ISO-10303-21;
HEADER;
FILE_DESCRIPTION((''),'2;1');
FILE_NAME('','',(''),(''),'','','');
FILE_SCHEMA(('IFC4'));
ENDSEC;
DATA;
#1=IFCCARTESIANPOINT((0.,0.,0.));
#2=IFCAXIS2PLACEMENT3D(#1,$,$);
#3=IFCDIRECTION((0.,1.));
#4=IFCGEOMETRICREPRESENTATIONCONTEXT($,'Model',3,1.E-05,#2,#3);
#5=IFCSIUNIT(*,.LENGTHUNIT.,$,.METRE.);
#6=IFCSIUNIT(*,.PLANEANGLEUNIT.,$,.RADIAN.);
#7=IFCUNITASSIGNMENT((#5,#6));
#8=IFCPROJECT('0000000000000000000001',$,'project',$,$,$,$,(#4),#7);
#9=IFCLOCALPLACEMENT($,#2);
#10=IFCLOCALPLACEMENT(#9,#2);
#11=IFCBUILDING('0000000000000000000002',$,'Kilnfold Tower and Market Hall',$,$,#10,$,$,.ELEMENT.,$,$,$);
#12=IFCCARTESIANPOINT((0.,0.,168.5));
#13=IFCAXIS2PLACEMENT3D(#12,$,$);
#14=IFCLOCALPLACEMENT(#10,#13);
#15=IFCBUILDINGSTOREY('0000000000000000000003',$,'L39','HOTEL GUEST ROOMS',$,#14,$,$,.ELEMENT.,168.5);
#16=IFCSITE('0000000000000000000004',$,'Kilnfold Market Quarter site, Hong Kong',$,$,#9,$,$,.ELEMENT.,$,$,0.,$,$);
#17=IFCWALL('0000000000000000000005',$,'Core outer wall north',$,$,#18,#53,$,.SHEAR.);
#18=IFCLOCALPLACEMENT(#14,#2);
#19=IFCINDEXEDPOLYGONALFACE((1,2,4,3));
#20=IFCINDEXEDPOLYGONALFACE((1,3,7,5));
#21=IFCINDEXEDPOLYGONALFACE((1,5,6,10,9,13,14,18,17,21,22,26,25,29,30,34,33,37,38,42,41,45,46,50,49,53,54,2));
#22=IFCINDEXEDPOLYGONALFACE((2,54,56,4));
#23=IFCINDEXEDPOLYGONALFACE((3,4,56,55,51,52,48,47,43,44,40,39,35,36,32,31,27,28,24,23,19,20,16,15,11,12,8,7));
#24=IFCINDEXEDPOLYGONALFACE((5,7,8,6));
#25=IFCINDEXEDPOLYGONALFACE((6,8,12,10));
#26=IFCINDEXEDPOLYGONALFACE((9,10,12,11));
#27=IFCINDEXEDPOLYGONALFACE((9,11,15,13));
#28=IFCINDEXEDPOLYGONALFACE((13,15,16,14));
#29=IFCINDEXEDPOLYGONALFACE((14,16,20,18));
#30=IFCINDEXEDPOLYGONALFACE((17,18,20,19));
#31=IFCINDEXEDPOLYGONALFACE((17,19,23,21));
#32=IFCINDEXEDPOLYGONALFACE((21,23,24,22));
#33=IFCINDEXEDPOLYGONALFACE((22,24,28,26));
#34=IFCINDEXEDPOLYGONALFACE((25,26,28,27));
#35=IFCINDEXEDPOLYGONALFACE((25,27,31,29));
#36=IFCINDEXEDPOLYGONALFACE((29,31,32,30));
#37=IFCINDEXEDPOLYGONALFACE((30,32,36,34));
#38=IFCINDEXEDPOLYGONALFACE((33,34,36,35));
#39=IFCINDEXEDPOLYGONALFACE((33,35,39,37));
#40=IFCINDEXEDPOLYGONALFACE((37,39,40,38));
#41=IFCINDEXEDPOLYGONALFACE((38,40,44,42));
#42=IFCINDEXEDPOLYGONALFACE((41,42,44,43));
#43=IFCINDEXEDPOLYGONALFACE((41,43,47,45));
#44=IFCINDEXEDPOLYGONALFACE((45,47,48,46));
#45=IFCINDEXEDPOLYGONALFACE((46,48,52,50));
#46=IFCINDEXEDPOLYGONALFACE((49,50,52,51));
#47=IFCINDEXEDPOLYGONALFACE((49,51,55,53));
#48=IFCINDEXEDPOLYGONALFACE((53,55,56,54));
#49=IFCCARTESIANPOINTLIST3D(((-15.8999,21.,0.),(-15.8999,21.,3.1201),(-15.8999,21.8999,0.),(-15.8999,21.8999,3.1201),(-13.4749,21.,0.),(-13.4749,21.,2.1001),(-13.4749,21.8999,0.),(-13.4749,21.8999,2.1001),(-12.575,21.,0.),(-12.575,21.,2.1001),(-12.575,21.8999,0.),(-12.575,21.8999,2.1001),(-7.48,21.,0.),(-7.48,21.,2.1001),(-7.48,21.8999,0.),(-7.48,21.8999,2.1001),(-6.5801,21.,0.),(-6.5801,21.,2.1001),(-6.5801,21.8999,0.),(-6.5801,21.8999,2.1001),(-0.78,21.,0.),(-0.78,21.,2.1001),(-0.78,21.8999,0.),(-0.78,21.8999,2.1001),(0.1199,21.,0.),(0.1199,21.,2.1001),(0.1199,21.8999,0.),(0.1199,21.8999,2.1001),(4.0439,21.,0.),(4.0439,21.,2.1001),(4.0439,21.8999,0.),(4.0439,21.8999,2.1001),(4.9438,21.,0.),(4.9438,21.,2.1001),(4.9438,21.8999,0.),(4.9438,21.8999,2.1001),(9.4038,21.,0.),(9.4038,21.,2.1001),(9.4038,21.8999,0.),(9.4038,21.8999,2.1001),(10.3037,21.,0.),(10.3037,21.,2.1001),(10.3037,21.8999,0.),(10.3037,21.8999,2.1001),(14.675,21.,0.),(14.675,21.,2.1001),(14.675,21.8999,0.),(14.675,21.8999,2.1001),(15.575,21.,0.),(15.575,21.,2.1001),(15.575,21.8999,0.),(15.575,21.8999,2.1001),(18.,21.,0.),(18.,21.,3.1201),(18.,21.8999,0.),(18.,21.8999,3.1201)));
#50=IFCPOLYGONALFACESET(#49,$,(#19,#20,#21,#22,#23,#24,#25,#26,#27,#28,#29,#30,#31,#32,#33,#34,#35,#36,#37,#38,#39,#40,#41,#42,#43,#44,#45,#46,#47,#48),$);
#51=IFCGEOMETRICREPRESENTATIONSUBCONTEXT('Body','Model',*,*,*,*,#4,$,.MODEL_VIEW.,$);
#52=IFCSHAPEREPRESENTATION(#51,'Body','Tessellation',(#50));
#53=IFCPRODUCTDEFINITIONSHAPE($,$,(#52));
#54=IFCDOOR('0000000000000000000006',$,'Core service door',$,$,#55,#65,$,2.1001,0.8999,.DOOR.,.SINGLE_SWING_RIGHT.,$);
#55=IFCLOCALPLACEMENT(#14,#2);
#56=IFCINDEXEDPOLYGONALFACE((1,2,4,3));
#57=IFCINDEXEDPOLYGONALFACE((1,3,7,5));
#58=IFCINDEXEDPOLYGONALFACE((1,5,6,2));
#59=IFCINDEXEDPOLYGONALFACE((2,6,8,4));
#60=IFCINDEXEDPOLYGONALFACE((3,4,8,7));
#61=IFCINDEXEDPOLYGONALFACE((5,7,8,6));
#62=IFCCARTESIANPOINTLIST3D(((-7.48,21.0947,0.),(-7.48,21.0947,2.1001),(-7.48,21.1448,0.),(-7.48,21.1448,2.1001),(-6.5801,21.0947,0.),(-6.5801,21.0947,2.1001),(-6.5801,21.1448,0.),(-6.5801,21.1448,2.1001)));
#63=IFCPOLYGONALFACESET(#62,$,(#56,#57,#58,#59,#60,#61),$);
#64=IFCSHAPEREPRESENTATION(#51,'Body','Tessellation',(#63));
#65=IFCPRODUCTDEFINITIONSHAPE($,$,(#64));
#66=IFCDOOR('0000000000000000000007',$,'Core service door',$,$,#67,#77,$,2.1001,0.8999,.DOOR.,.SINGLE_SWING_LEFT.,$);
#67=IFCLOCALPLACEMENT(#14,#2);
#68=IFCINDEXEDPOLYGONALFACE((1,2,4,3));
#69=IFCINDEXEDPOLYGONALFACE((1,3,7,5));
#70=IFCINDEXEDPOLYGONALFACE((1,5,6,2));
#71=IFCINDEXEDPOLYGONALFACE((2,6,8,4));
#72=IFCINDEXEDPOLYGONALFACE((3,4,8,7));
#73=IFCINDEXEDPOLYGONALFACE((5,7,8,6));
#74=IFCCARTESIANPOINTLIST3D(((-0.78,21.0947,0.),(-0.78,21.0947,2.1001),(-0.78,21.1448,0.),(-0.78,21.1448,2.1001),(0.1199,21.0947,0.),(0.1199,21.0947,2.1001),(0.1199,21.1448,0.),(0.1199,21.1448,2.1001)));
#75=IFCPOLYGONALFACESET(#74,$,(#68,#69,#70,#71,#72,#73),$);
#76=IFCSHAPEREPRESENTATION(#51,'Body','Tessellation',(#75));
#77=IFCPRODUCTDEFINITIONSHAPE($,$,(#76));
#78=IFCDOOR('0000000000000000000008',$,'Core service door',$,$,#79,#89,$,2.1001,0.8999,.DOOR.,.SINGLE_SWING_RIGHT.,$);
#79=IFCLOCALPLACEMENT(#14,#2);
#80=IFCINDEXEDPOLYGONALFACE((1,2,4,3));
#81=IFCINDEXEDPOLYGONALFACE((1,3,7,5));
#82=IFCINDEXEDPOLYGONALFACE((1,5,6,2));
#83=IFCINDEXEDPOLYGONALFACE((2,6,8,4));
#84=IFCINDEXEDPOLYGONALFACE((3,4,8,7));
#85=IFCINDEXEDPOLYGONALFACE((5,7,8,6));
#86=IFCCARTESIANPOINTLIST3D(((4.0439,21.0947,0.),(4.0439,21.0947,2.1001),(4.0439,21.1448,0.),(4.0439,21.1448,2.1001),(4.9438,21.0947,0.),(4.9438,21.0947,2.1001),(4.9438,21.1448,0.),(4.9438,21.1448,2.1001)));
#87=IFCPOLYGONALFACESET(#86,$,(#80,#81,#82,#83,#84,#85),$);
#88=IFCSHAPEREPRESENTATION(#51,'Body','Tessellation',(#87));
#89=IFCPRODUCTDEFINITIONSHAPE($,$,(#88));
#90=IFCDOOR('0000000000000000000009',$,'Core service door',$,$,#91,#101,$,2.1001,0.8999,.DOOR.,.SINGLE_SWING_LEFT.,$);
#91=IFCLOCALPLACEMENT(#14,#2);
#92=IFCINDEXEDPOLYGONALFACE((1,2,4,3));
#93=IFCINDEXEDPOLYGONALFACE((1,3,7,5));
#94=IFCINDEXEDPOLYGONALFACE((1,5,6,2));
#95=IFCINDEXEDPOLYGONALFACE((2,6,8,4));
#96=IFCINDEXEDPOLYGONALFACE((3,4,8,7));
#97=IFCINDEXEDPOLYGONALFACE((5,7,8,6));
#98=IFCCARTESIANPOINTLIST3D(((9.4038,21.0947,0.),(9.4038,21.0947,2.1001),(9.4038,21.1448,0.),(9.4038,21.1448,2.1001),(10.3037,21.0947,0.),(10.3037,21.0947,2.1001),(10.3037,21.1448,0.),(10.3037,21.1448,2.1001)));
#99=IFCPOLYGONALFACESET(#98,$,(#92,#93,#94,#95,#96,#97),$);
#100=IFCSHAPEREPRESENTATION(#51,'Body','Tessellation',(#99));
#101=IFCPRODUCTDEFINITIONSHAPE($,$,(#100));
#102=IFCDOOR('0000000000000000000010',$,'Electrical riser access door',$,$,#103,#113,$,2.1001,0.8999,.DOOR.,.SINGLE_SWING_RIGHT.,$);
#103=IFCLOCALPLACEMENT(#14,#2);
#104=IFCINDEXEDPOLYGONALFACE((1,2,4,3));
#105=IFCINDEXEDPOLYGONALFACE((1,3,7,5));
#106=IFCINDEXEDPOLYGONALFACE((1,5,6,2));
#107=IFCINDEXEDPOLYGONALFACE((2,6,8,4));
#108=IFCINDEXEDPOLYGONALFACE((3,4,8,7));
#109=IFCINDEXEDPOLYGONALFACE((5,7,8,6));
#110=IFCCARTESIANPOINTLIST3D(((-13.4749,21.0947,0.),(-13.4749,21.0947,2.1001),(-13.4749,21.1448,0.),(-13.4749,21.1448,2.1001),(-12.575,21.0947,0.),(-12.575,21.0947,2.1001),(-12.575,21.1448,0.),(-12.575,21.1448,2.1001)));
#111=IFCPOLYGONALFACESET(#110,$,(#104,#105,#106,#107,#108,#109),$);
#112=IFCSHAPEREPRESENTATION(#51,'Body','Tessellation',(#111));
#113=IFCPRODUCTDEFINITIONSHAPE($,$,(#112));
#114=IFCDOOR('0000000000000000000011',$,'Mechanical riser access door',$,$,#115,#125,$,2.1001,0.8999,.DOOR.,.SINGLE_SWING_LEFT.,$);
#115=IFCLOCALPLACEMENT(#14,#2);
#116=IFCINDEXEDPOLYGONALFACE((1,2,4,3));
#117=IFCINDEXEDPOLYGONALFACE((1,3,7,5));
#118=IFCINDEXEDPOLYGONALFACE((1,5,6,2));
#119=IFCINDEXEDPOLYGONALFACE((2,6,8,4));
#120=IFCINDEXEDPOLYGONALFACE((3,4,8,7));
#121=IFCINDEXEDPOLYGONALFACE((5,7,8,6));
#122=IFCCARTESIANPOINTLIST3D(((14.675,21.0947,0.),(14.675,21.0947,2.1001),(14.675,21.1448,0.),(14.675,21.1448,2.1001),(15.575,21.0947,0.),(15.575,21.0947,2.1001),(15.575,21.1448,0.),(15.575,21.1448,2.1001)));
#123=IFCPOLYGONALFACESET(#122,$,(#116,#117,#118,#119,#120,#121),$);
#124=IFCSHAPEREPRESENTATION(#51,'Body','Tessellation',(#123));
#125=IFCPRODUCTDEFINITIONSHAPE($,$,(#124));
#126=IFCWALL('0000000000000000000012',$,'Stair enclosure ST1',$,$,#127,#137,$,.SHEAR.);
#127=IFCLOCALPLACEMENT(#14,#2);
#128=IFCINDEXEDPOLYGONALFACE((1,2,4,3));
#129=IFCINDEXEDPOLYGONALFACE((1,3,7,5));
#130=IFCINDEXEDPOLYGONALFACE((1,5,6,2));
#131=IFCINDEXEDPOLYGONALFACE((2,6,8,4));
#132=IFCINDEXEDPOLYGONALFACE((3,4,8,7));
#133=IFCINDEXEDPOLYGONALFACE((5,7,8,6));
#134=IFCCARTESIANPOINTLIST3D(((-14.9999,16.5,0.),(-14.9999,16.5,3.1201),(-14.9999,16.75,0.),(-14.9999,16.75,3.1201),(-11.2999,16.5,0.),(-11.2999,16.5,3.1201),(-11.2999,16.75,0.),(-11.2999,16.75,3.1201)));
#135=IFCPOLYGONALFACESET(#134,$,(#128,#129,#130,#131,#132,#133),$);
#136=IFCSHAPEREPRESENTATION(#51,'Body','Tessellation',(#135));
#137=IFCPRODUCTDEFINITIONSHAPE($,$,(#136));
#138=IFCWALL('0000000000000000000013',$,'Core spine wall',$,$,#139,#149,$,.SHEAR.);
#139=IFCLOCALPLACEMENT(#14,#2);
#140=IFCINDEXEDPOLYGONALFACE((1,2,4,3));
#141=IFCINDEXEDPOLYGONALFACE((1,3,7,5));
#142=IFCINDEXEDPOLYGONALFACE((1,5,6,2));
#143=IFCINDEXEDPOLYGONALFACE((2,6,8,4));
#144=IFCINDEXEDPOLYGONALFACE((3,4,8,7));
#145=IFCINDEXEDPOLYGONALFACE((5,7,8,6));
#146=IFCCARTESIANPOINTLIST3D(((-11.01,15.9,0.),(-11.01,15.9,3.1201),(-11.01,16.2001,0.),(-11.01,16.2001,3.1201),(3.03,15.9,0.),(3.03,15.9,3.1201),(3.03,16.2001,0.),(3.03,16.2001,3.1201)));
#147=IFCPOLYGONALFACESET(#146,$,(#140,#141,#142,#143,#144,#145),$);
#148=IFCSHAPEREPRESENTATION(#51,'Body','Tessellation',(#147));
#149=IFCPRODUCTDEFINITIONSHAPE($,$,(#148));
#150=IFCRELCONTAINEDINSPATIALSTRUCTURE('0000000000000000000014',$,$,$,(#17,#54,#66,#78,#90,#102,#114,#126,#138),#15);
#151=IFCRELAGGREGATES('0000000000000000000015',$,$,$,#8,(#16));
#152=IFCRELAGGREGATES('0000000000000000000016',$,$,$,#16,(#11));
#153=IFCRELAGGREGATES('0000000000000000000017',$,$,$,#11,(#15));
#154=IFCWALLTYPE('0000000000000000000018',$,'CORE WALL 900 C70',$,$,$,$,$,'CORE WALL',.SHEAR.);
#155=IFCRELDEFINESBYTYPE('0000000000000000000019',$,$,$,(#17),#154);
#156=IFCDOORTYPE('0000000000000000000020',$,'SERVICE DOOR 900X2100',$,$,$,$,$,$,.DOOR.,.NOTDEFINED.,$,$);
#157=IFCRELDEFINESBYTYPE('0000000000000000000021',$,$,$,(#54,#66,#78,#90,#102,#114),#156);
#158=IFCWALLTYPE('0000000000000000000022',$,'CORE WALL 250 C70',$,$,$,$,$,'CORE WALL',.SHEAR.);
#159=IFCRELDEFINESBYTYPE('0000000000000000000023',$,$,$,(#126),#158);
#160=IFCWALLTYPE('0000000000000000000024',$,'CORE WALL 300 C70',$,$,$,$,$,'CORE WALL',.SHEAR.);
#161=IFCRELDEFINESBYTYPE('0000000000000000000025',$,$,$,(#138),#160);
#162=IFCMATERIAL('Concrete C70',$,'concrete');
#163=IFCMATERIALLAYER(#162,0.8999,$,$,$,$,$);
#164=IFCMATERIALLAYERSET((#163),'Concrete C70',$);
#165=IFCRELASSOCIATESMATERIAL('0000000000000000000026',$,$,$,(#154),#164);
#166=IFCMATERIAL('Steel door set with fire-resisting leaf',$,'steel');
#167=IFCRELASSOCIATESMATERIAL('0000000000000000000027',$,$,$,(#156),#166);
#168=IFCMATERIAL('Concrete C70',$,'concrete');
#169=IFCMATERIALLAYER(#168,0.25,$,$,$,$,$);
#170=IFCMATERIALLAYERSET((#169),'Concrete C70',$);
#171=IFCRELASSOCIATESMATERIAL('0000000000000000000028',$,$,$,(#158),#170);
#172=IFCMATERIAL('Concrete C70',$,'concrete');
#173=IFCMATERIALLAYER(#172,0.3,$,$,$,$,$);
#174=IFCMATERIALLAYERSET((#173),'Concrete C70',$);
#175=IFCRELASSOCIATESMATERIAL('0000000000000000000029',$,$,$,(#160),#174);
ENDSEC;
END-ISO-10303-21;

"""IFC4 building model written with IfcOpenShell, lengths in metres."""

from ifc_helpers import new_model, si_unit, direction, frame, frame_2d, origin, place, context, subcontext, project, spatial, rectangle, extrude, source, transform, mapped, material, layer, layer_set, type_object, element, fill, save


model = new_model("IFC4")

# Units and contexts
model_context = context("Model", 3, precision=1e-05, world=origin(), true_north=direction((0.0, 1.0)))
body_context = subcontext(model_context, "Body", "Model", "MODEL_VIEW")
ifc_project = project(units=[si_unit("LENGTHUNIT", "METRE"), si_unit("PLANEANGLEUNIT", "RADIAN")], contexts=[model_context])

# Site, building, storey
site_placement = place(None, origin())
site = spatial("IfcSite", under=ifc_project, at=site_placement, Name="Kilnfold Market Quarter site, Hong Kong", CompositionType="ELEMENT", RefElevation=0.0)
building_placement = place(site_placement, origin())
building = spatial("IfcBuilding", under=site, at=building_placement, Name="Kilnfold Tower and Market Hall", CompositionType="ELEMENT")
storey_placement = place(building_placement, frame((0.0, 0.0, 168.5)))
storey = spatial("IfcBuildingStorey", under=building, at=storey_placement, Name="L39", Description="HOTEL GUEST ROOMS", CompositionType="ELEMENT", Elevation=168.5)

# Wall, openings, doors
ifc_material_1 = material(Name="Concrete C70", Category="concrete")
ifc_layer_1 = layer(ifc_material_1, 0.8999)
ifc_layer_set_1 = layer_set([ifc_layer_1], Name="Concrete C70")
wall_type_1 = type_object("IfcWallType", Name="CORE WALL 900 C70", ElementType="CORE WALL", PredefinedType="SHEAR", material=ifc_layer_set_1)
shared_shape_1 = source(origin(), body_context, "Body", "SweptSolid", [
    extrude(rectangle(XDim=33.8999, YDim=0.8999, at=frame_2d((16.95, 0.0))), origin(), (0.0, 0.0, 1.0), 3.1201),
])
wall_1_placement = place(storey_placement, frame((-15.8999, 21.45, 0.0), z_axis=(0.0, 0.0, 1.0), x_axis=(1.0, 0.0, 0.0)))
wall_1 = element("IfcWall", 1, at=wall_1_placement, inside=storey, type_object=wall_type_1, Name="Core outer wall north", PredefinedType="SHEAR", context=body_context, shape_type="MappedRepresentation", body=[
    mapped(shared_shape_1, transform((0.0, 0.0, 0.0))),
])
opening_1_placement = place(wall_1_placement, frame((8.4199, 0.0, 0.0)))
opening_1 = element("IfcOpeningElement", 2, at=opening_1_placement, cuts=wall_1, PredefinedType="OPENING", context=body_context, shape_type="SweptSolid", body=[
    extrude(rectangle(XDim=0.8999, YDim=2.1001, at=frame_2d((0.45, 1.05))), frame((0.0, 0.46, 0.0), z_axis=(0.0, -1.0, 0.0), x_axis=(1.0, 0.0, 0.0)), (0.0, 0.0, 1.0), 0.9199),
])
opening_2_placement = place(wall_1_placement, frame((15.1199, 0.0, 0.0)))
opening_2 = element("IfcOpeningElement", 3, at=opening_2_placement, cuts=wall_1, PredefinedType="OPENING", context=body_context, shape_type="SweptSolid", body=[
    extrude(rectangle(XDim=0.8999, YDim=2.1001, at=frame_2d((0.45, 1.05))), frame((0.0, 0.46, 0.0), z_axis=(0.0, -1.0, 0.0), x_axis=(1.0, 0.0, 0.0)), (0.0, 0.0, 1.0), 0.9199),
])
opening_3_placement = place(wall_1_placement, frame((19.9438, 0.0, 0.0)))
opening_3 = element("IfcOpeningElement", 4, at=opening_3_placement, cuts=wall_1, PredefinedType="OPENING", context=body_context, shape_type="SweptSolid", body=[
    extrude(rectangle(XDim=0.8999, YDim=2.1001, at=frame_2d((0.45, 1.05))), frame((0.0, 0.46, 0.0), z_axis=(0.0, -1.0, 0.0), x_axis=(1.0, 0.0, 0.0)), (0.0, 0.0, 1.0), 0.9199),
])
opening_4_placement = place(wall_1_placement, frame((25.3037, 0.0, 0.0)))
opening_4 = element("IfcOpeningElement", 5, at=opening_4_placement, cuts=wall_1, PredefinedType="OPENING", context=body_context, shape_type="SweptSolid", body=[
    extrude(rectangle(XDim=0.8999, YDim=2.1001, at=frame_2d((0.45, 1.05))), frame((0.0, 0.46, 0.0), z_axis=(0.0, -1.0, 0.0), x_axis=(1.0, 0.0, 0.0)), (0.0, 0.0, 1.0), 0.9199),
])
opening_5_placement = place(wall_1_placement, frame((2.425, 0.0, 0.0)))
opening_5 = element("IfcOpeningElement", 6, at=opening_5_placement, cuts=wall_1, PredefinedType="OPENING", context=body_context, shape_type="SweptSolid", body=[
    extrude(rectangle(XDim=0.8999, YDim=2.1001, at=frame_2d((0.45, 1.05))), frame((0.0, 0.46, 0.0), z_axis=(0.0, -1.0, 0.0), x_axis=(1.0, 0.0, 0.0)), (0.0, 0.0, 1.0), 0.9199),
])
opening_6_placement = place(wall_1_placement, frame((30.575, 0.0, 0.0)))
opening_6 = element("IfcOpeningElement", 7, at=opening_6_placement, cuts=wall_1, PredefinedType="OPENING", context=body_context, shape_type="SweptSolid", body=[
    extrude(rectangle(XDim=0.8999, YDim=2.1001, at=frame_2d((0.45, 1.05))), frame((0.0, 0.46, 0.0), z_axis=(0.0, -1.0, 0.0), x_axis=(1.0, 0.0, 0.0)), (0.0, 0.0, 1.0), 0.9199),
])
ifc_material_2 = material(Name="Steel door set with fire-resisting leaf", Category="steel")
door_type_1 = type_object("IfcDoorType", Name="SERVICE DOOR 900X2100", OperationType="NOTDEFINED", PredefinedType="DOOR", material=ifc_material_2)
door_1_placement = place(opening_1_placement, origin())
door_1 = element("IfcDoor", 8, at=door_1_placement, inside=storey, type_object=door_type_1, Name="Core service door", OperationType="SINGLE_SWING_RIGHT", OverallHeight=2.1001, OverallWidth=0.8999, PredefinedType="DOOR", context=body_context, shape_type="SweptSolid", body=[
    extrude(rectangle(XDim=0.8999, YDim=2.1001, at=frame_2d((0.45, 1.05))), frame((0.0, -0.3052, 0.0), z_axis=(0.0, -1.0, 0.0), x_axis=(1.0, 0.0, 0.0)), (0.0, 0.0, 1.0), 0.05),
])
fill(opening_1, door_1)
door_2_placement = place(opening_2_placement, origin())
door_2 = element("IfcDoor", 9, at=door_2_placement, inside=storey, type_object=door_type_1, Name="Core service door", OperationType="SINGLE_SWING_LEFT", OverallHeight=2.1001, OverallWidth=0.8999, PredefinedType="DOOR", context=body_context, shape_type="SweptSolid", body=[
    extrude(rectangle(XDim=0.8999, YDim=2.1001, at=frame_2d((0.45, 1.05))), frame((0.0, -0.3052, 0.0), z_axis=(0.0, -1.0, 0.0), x_axis=(1.0, 0.0, 0.0)), (0.0, 0.0, 1.0), 0.05),
])
fill(opening_2, door_2)
door_3_placement = place(opening_3_placement, origin())
door_3 = element("IfcDoor", 10, at=door_3_placement, inside=storey, type_object=door_type_1, Name="Core service door", OperationType="SINGLE_SWING_RIGHT", OverallHeight=2.1001, OverallWidth=0.8999, PredefinedType="DOOR", context=body_context, shape_type="SweptSolid", body=[
    extrude(rectangle(XDim=0.8999, YDim=2.1001, at=frame_2d((0.45, 1.05))), frame((0.0, -0.3052, 0.0), z_axis=(0.0, -1.0, 0.0), x_axis=(1.0, 0.0, 0.0)), (0.0, 0.0, 1.0), 0.05),
])
fill(opening_3, door_3)
door_4_placement = place(opening_4_placement, origin())
door_4 = element("IfcDoor", 11, at=door_4_placement, inside=storey, type_object=door_type_1, Name="Core service door", OperationType="SINGLE_SWING_LEFT", OverallHeight=2.1001, OverallWidth=0.8999, PredefinedType="DOOR", context=body_context, shape_type="SweptSolid", body=[
    extrude(rectangle(XDim=0.8999, YDim=2.1001, at=frame_2d((0.45, 1.05))), frame((0.0, -0.3052, 0.0), z_axis=(0.0, -1.0, 0.0), x_axis=(1.0, 0.0, 0.0)), (0.0, 0.0, 1.0), 0.05),
])
fill(opening_4, door_4)
door_5_placement = place(opening_5_placement, origin())
door_5 = element("IfcDoor", 12, at=door_5_placement, inside=storey, type_object=door_type_1, Name="Electrical riser access door", OperationType="SINGLE_SWING_RIGHT", OverallHeight=2.1001, OverallWidth=0.8999, PredefinedType="DOOR", context=body_context, shape_type="SweptSolid", body=[
    extrude(rectangle(XDim=0.8999, YDim=2.1001, at=frame_2d((0.45, 1.05))), frame((0.0, -0.3052, 0.0), z_axis=(0.0, -1.0, 0.0), x_axis=(1.0, 0.0, 0.0)), (0.0, 0.0, 1.0), 0.05),
])
fill(opening_5, door_5)
door_6_placement = place(opening_6_placement, origin())
door_6 = element("IfcDoor", 13, at=door_6_placement, inside=storey, type_object=door_type_1, Name="Mechanical riser access door", OperationType="SINGLE_SWING_LEFT", OverallHeight=2.1001, OverallWidth=0.8999, PredefinedType="DOOR", context=body_context, shape_type="SweptSolid", body=[
    extrude(rectangle(XDim=0.8999, YDim=2.1001, at=frame_2d((0.45, 1.05))), frame((0.0, -0.3052, 0.0), z_axis=(0.0, -1.0, 0.0), x_axis=(1.0, 0.0, 0.0)), (0.0, 0.0, 1.0), 0.05),
])
fill(opening_6, door_6)

# Walls
ifc_material_3 = material(Name="Concrete C70", Category="concrete")
ifc_layer_2 = layer(ifc_material_3, 0.25)
ifc_layer_set_2 = layer_set([ifc_layer_2], Name="Concrete C70")
wall_type_2 = type_object("IfcWallType", Name="CORE WALL 250 C70", ElementType="CORE WALL", PredefinedType="SHEAR", material=ifc_layer_set_2)
shared_shape_2 = source(origin(), body_context, "Body", "SweptSolid", [
    extrude(rectangle(XDim=3.7, YDim=0.25, at=frame_2d((1.8501, 0.0))), origin(), (0.0, 0.0, 1.0), 3.1201),
])
wall_2_placement = place(storey_placement, frame((-15.0, 16.625, 0.0), z_axis=(0.0, 0.0, 1.0), x_axis=(1.0, 0.0, 0.0)))
element("IfcWall", 14, at=wall_2_placement, inside=storey, type_object=wall_type_2, Name="Stair enclosure ST1", PredefinedType="SHEAR", context=body_context, shape_type="MappedRepresentation", body=[
    mapped(shared_shape_2, transform((0.0, 0.0, 0.0))),
])
ifc_material_4 = material(Name="Concrete C70", Category="concrete")
ifc_layer_3 = layer(ifc_material_4, 0.3)
ifc_layer_set_3 = layer_set([ifc_layer_3], Name="Concrete C70")
wall_type_3 = type_object("IfcWallType", Name="CORE WALL 300 C70", ElementType="CORE WALL", PredefinedType="SHEAR", material=ifc_layer_set_3)
shared_shape_3 = source(origin(), body_context, "Body", "SweptSolid", [
    extrude(rectangle(XDim=14.04, YDim=0.3, at=frame_2d((7.02, 0.0))), origin(), (0.0, 0.0, 1.0), 3.1201),
])
wall_3_placement = place(storey_placement, frame((-11.01, 16.05, 0.0), z_axis=(0.0, 0.0, 1.0), x_axis=(1.0, 0.0, 0.0)))
element("IfcWall", 15, at=wall_3_placement, inside=storey, type_object=wall_type_3, Name="Core spine wall", PredefinedType="SHEAR", context=body_context, shape_type="MappedRepresentation", body=[
    mapped(shared_shape_3, transform((0.0, 0.0, 0.0))),
])

save(model, "model.ifc")
